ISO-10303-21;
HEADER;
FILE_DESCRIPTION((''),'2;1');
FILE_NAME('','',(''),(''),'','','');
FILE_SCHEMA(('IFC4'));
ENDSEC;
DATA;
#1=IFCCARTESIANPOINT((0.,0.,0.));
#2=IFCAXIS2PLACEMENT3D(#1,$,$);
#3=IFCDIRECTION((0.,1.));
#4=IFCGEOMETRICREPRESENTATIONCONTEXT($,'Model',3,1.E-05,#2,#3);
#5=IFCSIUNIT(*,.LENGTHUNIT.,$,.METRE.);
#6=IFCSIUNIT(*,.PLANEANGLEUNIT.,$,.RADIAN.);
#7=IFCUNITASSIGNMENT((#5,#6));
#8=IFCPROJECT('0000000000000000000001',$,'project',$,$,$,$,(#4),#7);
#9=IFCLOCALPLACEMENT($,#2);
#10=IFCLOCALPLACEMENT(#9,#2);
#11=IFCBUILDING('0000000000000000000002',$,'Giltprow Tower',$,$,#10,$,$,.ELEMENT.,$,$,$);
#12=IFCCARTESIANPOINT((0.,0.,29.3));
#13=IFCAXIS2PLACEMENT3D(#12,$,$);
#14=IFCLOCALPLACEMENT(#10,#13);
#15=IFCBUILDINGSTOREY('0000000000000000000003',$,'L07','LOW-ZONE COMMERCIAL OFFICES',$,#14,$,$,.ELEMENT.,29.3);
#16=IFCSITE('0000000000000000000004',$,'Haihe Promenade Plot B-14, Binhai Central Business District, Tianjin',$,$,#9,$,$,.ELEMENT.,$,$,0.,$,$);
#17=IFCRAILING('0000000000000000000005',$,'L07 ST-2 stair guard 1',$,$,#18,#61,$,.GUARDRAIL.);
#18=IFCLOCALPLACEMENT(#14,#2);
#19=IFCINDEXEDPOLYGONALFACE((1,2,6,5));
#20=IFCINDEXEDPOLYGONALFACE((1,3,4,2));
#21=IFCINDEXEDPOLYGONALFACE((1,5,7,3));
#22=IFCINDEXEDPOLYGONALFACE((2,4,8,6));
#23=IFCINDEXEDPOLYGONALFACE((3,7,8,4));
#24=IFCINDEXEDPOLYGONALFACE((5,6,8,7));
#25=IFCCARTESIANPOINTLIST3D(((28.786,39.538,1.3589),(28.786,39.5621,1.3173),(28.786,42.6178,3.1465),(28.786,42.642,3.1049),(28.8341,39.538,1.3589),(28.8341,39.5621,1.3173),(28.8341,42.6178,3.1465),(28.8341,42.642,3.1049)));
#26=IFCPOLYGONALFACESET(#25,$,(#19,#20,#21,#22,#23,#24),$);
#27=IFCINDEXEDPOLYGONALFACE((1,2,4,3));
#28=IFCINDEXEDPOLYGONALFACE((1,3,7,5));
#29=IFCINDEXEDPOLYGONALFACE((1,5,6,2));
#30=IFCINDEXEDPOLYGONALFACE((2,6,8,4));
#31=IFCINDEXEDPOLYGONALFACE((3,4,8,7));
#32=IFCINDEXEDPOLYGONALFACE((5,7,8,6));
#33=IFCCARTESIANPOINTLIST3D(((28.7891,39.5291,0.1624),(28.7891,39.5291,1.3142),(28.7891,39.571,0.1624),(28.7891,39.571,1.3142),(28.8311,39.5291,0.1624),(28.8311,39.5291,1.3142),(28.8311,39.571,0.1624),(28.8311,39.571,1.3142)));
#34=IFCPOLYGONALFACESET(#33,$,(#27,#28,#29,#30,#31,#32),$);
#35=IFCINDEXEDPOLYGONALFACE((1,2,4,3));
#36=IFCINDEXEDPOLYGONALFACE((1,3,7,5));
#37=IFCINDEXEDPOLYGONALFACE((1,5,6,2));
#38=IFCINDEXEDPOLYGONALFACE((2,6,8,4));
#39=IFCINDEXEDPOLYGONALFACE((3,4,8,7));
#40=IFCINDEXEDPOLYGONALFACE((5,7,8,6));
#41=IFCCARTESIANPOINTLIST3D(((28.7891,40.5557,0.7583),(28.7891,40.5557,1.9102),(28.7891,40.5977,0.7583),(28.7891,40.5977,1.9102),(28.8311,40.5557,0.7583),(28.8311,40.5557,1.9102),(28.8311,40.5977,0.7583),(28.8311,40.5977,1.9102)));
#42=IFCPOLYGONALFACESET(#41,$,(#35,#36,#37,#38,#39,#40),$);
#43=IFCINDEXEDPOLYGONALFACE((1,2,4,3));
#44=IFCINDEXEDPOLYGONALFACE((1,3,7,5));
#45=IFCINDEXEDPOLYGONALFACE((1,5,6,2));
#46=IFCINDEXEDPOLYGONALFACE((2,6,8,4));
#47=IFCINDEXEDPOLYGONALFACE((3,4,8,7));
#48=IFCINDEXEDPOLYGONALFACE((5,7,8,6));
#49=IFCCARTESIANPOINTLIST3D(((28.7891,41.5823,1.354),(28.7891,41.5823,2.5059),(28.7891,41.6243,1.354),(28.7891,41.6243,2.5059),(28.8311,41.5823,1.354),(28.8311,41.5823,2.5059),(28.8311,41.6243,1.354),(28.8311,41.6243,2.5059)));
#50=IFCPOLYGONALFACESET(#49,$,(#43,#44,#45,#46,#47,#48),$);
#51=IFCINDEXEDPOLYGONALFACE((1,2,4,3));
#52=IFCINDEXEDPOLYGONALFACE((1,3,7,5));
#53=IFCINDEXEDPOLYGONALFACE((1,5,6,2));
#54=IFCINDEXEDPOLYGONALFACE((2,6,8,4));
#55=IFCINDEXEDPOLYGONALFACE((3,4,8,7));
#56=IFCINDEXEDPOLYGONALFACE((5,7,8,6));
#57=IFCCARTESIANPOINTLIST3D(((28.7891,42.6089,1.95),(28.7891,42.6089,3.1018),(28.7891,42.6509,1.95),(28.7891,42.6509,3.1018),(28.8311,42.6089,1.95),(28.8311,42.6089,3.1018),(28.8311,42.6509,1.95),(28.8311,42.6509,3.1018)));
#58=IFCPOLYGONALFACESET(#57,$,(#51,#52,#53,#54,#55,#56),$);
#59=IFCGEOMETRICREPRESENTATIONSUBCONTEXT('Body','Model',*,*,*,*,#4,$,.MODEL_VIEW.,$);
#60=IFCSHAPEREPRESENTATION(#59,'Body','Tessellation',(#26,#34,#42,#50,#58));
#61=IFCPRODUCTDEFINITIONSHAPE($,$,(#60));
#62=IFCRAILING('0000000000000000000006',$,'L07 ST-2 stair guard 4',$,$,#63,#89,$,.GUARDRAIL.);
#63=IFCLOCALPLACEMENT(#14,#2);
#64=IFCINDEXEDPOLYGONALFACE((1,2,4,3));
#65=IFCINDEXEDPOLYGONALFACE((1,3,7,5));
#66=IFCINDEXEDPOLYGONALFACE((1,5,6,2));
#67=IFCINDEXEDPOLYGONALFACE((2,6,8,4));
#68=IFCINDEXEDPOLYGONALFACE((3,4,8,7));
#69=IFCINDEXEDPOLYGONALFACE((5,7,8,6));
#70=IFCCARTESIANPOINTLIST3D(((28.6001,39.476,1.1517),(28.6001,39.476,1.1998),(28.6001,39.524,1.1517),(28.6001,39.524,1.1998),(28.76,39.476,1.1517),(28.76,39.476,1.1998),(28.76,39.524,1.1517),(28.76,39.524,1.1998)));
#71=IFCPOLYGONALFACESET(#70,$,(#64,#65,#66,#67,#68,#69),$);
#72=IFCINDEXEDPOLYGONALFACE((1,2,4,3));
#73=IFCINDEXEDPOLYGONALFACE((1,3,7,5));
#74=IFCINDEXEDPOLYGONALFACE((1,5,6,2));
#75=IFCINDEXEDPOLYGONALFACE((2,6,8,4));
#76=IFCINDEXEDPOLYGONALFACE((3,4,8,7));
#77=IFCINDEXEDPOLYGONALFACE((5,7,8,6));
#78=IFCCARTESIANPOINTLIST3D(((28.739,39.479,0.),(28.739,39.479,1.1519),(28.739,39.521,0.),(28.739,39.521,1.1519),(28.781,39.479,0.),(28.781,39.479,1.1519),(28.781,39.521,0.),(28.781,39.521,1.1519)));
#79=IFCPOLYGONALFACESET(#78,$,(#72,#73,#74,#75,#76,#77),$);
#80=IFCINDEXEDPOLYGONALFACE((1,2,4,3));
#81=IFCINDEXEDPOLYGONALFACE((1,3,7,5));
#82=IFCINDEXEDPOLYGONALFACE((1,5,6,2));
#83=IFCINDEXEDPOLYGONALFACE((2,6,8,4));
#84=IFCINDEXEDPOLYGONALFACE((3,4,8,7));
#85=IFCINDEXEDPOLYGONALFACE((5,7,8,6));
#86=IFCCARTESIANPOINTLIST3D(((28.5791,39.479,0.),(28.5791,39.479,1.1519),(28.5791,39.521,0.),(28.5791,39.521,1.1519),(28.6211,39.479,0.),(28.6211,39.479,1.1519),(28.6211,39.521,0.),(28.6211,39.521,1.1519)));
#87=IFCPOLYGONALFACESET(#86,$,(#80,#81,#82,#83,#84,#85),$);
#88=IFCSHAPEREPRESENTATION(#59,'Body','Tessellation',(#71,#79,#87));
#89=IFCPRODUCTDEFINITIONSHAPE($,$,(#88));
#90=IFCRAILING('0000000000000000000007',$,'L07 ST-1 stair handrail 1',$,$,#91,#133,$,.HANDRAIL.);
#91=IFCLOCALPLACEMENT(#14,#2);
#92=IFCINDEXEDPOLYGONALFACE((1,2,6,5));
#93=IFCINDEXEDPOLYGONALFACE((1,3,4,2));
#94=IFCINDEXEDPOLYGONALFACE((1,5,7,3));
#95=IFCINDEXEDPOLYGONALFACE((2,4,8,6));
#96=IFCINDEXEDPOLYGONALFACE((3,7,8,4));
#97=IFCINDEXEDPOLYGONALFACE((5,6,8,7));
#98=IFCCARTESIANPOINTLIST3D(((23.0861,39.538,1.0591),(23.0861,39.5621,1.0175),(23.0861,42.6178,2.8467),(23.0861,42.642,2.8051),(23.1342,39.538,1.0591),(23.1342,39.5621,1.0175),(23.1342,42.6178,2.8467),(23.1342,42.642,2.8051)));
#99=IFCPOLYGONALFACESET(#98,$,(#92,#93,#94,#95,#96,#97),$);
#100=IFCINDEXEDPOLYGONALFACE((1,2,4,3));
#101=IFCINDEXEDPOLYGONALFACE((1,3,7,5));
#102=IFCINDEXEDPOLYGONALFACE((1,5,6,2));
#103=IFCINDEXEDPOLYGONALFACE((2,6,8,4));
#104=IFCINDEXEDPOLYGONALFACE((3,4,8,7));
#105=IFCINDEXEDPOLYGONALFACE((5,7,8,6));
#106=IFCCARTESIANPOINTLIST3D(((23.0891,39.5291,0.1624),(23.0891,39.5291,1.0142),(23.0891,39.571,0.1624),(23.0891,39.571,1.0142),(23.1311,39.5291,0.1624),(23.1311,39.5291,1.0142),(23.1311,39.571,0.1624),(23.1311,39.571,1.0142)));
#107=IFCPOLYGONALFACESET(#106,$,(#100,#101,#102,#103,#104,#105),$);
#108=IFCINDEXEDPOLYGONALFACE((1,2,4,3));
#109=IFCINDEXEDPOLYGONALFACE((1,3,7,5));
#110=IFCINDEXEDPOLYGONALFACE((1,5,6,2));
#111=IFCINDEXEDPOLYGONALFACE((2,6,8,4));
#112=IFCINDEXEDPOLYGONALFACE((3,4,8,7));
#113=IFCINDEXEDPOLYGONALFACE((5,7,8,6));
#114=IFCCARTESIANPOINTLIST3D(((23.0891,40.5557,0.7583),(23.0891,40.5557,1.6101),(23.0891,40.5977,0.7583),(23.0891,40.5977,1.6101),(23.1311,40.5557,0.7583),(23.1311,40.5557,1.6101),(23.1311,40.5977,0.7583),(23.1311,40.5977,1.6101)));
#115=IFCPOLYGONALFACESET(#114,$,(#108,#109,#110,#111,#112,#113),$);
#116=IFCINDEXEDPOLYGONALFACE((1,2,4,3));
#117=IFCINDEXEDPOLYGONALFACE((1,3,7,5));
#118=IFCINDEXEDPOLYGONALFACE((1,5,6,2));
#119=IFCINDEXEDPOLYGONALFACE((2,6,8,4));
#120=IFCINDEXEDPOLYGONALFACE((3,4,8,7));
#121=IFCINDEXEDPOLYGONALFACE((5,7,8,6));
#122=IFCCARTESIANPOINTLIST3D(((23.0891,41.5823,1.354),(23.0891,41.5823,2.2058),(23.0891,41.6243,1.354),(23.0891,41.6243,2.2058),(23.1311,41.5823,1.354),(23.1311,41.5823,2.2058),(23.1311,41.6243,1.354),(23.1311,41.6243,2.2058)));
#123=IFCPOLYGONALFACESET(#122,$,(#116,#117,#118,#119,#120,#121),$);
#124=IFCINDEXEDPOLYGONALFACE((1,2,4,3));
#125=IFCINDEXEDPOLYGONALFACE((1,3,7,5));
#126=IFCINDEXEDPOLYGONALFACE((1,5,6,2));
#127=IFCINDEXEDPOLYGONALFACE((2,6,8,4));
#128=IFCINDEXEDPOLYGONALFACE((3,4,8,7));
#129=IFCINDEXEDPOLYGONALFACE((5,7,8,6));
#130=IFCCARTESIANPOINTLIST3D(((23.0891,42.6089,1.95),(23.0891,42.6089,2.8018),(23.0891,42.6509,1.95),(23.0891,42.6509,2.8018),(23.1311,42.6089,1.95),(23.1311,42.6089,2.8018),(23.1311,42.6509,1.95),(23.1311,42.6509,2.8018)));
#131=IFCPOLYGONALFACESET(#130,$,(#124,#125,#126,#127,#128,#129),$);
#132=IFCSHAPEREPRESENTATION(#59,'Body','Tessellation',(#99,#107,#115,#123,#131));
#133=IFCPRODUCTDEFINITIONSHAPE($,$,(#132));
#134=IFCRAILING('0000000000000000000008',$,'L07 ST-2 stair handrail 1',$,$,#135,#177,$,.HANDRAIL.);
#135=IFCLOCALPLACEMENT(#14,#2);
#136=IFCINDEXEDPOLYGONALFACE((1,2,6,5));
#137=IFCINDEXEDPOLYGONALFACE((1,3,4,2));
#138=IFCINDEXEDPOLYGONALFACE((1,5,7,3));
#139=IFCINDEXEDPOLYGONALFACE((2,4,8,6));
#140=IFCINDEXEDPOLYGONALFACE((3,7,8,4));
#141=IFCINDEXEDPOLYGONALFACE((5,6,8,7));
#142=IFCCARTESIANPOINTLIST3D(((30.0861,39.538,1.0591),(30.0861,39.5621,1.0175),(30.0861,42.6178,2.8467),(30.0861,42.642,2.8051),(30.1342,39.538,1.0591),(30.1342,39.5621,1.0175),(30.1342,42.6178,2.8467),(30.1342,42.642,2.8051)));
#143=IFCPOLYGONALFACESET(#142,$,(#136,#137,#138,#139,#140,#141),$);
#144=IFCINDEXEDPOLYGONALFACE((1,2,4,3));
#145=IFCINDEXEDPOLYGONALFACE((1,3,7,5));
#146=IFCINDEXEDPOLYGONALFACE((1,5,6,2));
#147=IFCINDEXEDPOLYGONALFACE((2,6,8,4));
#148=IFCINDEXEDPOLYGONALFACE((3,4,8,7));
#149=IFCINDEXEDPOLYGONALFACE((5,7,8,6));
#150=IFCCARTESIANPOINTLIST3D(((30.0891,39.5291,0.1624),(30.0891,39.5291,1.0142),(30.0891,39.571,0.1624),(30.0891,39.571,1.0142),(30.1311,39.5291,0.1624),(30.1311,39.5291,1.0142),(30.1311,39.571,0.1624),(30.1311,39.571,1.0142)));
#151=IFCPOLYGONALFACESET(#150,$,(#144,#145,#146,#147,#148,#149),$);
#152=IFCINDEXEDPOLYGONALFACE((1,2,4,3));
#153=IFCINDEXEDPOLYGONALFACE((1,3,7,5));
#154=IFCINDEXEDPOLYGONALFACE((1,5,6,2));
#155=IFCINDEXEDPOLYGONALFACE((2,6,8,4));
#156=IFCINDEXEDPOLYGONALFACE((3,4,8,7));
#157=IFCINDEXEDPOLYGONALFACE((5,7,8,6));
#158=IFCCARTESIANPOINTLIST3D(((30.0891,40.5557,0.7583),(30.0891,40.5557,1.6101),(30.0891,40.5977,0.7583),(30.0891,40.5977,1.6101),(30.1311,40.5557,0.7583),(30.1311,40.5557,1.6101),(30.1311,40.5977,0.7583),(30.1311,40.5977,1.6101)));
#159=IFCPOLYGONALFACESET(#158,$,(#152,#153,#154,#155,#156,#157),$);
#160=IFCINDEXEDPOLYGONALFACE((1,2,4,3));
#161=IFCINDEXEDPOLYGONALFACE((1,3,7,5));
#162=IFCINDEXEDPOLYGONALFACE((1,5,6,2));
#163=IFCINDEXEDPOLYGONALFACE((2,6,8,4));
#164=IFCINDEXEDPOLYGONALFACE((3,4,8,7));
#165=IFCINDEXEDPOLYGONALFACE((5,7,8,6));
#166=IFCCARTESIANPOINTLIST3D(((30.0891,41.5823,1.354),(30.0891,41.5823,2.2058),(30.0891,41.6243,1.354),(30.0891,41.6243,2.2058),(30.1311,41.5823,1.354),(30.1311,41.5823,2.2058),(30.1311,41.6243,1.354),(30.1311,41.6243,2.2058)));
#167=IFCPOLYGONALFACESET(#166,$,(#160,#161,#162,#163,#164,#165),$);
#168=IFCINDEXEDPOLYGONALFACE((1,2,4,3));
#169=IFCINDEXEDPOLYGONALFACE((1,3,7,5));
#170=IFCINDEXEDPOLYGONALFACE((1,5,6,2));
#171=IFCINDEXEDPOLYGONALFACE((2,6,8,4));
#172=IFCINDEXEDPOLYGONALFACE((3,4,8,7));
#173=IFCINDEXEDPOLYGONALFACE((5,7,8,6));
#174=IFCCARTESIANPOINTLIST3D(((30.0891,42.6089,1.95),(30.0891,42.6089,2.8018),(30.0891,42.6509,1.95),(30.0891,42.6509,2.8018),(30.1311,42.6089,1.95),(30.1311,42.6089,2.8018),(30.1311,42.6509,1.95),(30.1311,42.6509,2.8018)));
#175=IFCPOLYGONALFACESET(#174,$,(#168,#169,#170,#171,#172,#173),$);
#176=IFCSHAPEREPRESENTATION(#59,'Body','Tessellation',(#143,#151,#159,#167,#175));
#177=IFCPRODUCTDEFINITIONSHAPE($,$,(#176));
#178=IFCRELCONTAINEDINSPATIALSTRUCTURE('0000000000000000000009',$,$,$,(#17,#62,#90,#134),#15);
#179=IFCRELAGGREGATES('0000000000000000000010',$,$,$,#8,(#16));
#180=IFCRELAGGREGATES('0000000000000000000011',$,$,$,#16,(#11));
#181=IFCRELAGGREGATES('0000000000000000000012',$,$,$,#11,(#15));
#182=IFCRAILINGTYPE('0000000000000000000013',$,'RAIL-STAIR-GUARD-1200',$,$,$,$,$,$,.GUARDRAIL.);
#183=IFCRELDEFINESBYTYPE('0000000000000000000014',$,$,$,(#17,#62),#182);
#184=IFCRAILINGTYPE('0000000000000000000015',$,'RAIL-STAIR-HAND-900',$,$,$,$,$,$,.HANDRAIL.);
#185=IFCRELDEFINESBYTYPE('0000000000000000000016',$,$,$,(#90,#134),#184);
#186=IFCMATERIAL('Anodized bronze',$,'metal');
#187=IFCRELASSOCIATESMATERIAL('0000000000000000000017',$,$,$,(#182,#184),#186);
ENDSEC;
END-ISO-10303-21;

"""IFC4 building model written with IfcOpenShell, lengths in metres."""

from ifc_helpers import new_model, si_unit, direction, frame, origin, origin_2d, place, context, subcontext, project, spatial, rectangle, extrude, material, type_object, element, save


model = new_model("IFC4")

# Units and contexts
model_context = context("Model", 3, precision=1e-05, world=origin(), true_north=direction((0.0, 1.0)))
body_context = subcontext(model_context, "Body", "Model", "MODEL_VIEW")
ifc_project = project(units=[si_unit("LENGTHUNIT", "METRE"), si_unit("PLANEANGLEUNIT", "RADIAN")], contexts=[model_context])

# Site, building, storey
site_placement = place(None, origin())
site = spatial("IfcSite", under=ifc_project, at=site_placement, Name="Haihe Promenade Plot B-14, Binhai Central Business District, Tianjin", CompositionType="ELEMENT", RefElevation=0.0)
building_placement = place(site_placement, origin())
building = spatial("IfcBuilding", under=site, at=building_placement, Name="Giltprow Tower", CompositionType="ELEMENT")
storey_placement = place(building_placement, frame((0.0, 0.0, 29.3)))
storey = spatial("IfcBuildingStorey", under=building, at=storey_placement, Name="L07", Description="LOW-ZONE COMMERCIAL OFFICES", CompositionType="ELEMENT", Elevation=29.3)

# Railings
ifc_material_1 = material(Name="Anodized bronze", Category="metal")
railing_type_1 = type_object("IfcRailingType", Name="RAIL-STAIR-GUARD-1200", PredefinedType="GUARDRAIL", material=ifc_material_1)
railing_1_placement = place(storey_placement, frame((28.8101, 39.55, 0.1624)))
element("IfcRailing", 1, at=railing_1_placement, inside=storey, type_object=railing_type_1, Name="L07 ST-2 stair guard 1", PredefinedType="GUARDRAIL", context=body_context, shape_type="SweptSolid", body=[
    extrude(rectangle(XDim=0.0481, YDim=0.0481, at=origin_2d()), frame((0.0, 0.0, 1.1758), z_axis=(0.0, 0.864873, 0.50199), x_axis=(-1.0, 0.0, 0.0)), (0.0, 0.0, 1.0), 3.561),
    extrude(rectangle(XDim=0.042, YDim=0.042, at=origin_2d()), origin(), (0.0, 0.0, 1.0), 1.1519),
    extrude(rectangle(XDim=0.042, YDim=0.042, at=origin_2d()), frame((0.0, 1.0266, 0.5959)), (0.0, 0.0, 1.0), 1.1519),
    extrude(rectangle(XDim=0.042, YDim=0.042, at=origin_2d()), frame((0.0, 2.0532, 1.1917)), (0.0, 0.0, 1.0), 1.1519),
    extrude(rectangle(XDim=0.042, YDim=0.042, at=origin_2d()), frame((0.0, 3.0798, 1.7876)), (0.0, 0.0, 1.0), 1.1519),
])
railing_2_placement = place(storey_placement, frame((28.76, 39.5, 0.0)))
element("IfcRailing", 2, at=railing_2_placement, inside=storey, type_object=railing_type_1, Name="L07 ST-2 stair guard 4", PredefinedType="GUARDRAIL", context=body_context, shape_type="SweptSolid", body=[
    extrude(rectangle(XDim=0.0481, YDim=0.0481, at=origin_2d()), frame((0.0, 0.0, 1.1758), z_axis=(-1.0, 0.0, 0.0), x_axis=(0.0, -1.0, 0.0)), (0.0, 0.0, 1.0), 0.1599),
    extrude(rectangle(XDim=0.042, YDim=0.042, at=origin_2d()), origin(), (0.0, 0.0, 1.0), 1.1519),
    extrude(rectangle(XDim=0.042, YDim=0.042, at=origin_2d()), frame((-0.1599, 0.0, 0.0)), (0.0, 0.0, 1.0), 1.1519),
])
railing_type_2 = type_object("IfcRailingType", Name="RAIL-STAIR-HAND-900", PredefinedType="HANDRAIL", material=ifc_material_1)
for number, where, name in (
    (3, (23.1101, 39.55, 0.1624), "L07 ST-1 stair handrail 1"),
    (4, (30.1101, 39.55, 0.1624), "L07 ST-2 stair handrail 1"),
):
    element("IfcRailing", number, at=place(storey_placement, frame(where)), inside=storey, type_object=railing_type_2, Name=name, PredefinedType="HANDRAIL", context=body_context, shape_type="SweptSolid", body=[
        extrude(rectangle(XDim=0.0481, YDim=0.0481, at=origin_2d()), frame((0.0, 0.0, 0.876), z_axis=(0.0, 0.864873, 0.50199), x_axis=(-1.0, 0.0, 0.0)), (0.0, 0.0, 1.0), 3.561),
        extrude(rectangle(XDim=0.042, YDim=0.042, at=origin_2d()), origin(), (0.0, 0.0, 1.0), 0.8518),
        extrude(rectangle(XDim=0.042, YDim=0.042, at=origin_2d()), frame((0.0, 1.0266, 0.5959)), (0.0, 0.0, 1.0), 0.8518),
        extrude(rectangle(XDim=0.042, YDim=0.042, at=origin_2d()), frame((0.0, 2.0532, 1.1917)), (0.0, 0.0, 1.0), 0.8518),
        extrude(rectangle(XDim=0.042, YDim=0.042, at=origin_2d()), frame((0.0, 3.0798, 1.7876)), (0.0, 0.0, 1.0), 0.8518),
    ])

save(model, "model.ifc")
